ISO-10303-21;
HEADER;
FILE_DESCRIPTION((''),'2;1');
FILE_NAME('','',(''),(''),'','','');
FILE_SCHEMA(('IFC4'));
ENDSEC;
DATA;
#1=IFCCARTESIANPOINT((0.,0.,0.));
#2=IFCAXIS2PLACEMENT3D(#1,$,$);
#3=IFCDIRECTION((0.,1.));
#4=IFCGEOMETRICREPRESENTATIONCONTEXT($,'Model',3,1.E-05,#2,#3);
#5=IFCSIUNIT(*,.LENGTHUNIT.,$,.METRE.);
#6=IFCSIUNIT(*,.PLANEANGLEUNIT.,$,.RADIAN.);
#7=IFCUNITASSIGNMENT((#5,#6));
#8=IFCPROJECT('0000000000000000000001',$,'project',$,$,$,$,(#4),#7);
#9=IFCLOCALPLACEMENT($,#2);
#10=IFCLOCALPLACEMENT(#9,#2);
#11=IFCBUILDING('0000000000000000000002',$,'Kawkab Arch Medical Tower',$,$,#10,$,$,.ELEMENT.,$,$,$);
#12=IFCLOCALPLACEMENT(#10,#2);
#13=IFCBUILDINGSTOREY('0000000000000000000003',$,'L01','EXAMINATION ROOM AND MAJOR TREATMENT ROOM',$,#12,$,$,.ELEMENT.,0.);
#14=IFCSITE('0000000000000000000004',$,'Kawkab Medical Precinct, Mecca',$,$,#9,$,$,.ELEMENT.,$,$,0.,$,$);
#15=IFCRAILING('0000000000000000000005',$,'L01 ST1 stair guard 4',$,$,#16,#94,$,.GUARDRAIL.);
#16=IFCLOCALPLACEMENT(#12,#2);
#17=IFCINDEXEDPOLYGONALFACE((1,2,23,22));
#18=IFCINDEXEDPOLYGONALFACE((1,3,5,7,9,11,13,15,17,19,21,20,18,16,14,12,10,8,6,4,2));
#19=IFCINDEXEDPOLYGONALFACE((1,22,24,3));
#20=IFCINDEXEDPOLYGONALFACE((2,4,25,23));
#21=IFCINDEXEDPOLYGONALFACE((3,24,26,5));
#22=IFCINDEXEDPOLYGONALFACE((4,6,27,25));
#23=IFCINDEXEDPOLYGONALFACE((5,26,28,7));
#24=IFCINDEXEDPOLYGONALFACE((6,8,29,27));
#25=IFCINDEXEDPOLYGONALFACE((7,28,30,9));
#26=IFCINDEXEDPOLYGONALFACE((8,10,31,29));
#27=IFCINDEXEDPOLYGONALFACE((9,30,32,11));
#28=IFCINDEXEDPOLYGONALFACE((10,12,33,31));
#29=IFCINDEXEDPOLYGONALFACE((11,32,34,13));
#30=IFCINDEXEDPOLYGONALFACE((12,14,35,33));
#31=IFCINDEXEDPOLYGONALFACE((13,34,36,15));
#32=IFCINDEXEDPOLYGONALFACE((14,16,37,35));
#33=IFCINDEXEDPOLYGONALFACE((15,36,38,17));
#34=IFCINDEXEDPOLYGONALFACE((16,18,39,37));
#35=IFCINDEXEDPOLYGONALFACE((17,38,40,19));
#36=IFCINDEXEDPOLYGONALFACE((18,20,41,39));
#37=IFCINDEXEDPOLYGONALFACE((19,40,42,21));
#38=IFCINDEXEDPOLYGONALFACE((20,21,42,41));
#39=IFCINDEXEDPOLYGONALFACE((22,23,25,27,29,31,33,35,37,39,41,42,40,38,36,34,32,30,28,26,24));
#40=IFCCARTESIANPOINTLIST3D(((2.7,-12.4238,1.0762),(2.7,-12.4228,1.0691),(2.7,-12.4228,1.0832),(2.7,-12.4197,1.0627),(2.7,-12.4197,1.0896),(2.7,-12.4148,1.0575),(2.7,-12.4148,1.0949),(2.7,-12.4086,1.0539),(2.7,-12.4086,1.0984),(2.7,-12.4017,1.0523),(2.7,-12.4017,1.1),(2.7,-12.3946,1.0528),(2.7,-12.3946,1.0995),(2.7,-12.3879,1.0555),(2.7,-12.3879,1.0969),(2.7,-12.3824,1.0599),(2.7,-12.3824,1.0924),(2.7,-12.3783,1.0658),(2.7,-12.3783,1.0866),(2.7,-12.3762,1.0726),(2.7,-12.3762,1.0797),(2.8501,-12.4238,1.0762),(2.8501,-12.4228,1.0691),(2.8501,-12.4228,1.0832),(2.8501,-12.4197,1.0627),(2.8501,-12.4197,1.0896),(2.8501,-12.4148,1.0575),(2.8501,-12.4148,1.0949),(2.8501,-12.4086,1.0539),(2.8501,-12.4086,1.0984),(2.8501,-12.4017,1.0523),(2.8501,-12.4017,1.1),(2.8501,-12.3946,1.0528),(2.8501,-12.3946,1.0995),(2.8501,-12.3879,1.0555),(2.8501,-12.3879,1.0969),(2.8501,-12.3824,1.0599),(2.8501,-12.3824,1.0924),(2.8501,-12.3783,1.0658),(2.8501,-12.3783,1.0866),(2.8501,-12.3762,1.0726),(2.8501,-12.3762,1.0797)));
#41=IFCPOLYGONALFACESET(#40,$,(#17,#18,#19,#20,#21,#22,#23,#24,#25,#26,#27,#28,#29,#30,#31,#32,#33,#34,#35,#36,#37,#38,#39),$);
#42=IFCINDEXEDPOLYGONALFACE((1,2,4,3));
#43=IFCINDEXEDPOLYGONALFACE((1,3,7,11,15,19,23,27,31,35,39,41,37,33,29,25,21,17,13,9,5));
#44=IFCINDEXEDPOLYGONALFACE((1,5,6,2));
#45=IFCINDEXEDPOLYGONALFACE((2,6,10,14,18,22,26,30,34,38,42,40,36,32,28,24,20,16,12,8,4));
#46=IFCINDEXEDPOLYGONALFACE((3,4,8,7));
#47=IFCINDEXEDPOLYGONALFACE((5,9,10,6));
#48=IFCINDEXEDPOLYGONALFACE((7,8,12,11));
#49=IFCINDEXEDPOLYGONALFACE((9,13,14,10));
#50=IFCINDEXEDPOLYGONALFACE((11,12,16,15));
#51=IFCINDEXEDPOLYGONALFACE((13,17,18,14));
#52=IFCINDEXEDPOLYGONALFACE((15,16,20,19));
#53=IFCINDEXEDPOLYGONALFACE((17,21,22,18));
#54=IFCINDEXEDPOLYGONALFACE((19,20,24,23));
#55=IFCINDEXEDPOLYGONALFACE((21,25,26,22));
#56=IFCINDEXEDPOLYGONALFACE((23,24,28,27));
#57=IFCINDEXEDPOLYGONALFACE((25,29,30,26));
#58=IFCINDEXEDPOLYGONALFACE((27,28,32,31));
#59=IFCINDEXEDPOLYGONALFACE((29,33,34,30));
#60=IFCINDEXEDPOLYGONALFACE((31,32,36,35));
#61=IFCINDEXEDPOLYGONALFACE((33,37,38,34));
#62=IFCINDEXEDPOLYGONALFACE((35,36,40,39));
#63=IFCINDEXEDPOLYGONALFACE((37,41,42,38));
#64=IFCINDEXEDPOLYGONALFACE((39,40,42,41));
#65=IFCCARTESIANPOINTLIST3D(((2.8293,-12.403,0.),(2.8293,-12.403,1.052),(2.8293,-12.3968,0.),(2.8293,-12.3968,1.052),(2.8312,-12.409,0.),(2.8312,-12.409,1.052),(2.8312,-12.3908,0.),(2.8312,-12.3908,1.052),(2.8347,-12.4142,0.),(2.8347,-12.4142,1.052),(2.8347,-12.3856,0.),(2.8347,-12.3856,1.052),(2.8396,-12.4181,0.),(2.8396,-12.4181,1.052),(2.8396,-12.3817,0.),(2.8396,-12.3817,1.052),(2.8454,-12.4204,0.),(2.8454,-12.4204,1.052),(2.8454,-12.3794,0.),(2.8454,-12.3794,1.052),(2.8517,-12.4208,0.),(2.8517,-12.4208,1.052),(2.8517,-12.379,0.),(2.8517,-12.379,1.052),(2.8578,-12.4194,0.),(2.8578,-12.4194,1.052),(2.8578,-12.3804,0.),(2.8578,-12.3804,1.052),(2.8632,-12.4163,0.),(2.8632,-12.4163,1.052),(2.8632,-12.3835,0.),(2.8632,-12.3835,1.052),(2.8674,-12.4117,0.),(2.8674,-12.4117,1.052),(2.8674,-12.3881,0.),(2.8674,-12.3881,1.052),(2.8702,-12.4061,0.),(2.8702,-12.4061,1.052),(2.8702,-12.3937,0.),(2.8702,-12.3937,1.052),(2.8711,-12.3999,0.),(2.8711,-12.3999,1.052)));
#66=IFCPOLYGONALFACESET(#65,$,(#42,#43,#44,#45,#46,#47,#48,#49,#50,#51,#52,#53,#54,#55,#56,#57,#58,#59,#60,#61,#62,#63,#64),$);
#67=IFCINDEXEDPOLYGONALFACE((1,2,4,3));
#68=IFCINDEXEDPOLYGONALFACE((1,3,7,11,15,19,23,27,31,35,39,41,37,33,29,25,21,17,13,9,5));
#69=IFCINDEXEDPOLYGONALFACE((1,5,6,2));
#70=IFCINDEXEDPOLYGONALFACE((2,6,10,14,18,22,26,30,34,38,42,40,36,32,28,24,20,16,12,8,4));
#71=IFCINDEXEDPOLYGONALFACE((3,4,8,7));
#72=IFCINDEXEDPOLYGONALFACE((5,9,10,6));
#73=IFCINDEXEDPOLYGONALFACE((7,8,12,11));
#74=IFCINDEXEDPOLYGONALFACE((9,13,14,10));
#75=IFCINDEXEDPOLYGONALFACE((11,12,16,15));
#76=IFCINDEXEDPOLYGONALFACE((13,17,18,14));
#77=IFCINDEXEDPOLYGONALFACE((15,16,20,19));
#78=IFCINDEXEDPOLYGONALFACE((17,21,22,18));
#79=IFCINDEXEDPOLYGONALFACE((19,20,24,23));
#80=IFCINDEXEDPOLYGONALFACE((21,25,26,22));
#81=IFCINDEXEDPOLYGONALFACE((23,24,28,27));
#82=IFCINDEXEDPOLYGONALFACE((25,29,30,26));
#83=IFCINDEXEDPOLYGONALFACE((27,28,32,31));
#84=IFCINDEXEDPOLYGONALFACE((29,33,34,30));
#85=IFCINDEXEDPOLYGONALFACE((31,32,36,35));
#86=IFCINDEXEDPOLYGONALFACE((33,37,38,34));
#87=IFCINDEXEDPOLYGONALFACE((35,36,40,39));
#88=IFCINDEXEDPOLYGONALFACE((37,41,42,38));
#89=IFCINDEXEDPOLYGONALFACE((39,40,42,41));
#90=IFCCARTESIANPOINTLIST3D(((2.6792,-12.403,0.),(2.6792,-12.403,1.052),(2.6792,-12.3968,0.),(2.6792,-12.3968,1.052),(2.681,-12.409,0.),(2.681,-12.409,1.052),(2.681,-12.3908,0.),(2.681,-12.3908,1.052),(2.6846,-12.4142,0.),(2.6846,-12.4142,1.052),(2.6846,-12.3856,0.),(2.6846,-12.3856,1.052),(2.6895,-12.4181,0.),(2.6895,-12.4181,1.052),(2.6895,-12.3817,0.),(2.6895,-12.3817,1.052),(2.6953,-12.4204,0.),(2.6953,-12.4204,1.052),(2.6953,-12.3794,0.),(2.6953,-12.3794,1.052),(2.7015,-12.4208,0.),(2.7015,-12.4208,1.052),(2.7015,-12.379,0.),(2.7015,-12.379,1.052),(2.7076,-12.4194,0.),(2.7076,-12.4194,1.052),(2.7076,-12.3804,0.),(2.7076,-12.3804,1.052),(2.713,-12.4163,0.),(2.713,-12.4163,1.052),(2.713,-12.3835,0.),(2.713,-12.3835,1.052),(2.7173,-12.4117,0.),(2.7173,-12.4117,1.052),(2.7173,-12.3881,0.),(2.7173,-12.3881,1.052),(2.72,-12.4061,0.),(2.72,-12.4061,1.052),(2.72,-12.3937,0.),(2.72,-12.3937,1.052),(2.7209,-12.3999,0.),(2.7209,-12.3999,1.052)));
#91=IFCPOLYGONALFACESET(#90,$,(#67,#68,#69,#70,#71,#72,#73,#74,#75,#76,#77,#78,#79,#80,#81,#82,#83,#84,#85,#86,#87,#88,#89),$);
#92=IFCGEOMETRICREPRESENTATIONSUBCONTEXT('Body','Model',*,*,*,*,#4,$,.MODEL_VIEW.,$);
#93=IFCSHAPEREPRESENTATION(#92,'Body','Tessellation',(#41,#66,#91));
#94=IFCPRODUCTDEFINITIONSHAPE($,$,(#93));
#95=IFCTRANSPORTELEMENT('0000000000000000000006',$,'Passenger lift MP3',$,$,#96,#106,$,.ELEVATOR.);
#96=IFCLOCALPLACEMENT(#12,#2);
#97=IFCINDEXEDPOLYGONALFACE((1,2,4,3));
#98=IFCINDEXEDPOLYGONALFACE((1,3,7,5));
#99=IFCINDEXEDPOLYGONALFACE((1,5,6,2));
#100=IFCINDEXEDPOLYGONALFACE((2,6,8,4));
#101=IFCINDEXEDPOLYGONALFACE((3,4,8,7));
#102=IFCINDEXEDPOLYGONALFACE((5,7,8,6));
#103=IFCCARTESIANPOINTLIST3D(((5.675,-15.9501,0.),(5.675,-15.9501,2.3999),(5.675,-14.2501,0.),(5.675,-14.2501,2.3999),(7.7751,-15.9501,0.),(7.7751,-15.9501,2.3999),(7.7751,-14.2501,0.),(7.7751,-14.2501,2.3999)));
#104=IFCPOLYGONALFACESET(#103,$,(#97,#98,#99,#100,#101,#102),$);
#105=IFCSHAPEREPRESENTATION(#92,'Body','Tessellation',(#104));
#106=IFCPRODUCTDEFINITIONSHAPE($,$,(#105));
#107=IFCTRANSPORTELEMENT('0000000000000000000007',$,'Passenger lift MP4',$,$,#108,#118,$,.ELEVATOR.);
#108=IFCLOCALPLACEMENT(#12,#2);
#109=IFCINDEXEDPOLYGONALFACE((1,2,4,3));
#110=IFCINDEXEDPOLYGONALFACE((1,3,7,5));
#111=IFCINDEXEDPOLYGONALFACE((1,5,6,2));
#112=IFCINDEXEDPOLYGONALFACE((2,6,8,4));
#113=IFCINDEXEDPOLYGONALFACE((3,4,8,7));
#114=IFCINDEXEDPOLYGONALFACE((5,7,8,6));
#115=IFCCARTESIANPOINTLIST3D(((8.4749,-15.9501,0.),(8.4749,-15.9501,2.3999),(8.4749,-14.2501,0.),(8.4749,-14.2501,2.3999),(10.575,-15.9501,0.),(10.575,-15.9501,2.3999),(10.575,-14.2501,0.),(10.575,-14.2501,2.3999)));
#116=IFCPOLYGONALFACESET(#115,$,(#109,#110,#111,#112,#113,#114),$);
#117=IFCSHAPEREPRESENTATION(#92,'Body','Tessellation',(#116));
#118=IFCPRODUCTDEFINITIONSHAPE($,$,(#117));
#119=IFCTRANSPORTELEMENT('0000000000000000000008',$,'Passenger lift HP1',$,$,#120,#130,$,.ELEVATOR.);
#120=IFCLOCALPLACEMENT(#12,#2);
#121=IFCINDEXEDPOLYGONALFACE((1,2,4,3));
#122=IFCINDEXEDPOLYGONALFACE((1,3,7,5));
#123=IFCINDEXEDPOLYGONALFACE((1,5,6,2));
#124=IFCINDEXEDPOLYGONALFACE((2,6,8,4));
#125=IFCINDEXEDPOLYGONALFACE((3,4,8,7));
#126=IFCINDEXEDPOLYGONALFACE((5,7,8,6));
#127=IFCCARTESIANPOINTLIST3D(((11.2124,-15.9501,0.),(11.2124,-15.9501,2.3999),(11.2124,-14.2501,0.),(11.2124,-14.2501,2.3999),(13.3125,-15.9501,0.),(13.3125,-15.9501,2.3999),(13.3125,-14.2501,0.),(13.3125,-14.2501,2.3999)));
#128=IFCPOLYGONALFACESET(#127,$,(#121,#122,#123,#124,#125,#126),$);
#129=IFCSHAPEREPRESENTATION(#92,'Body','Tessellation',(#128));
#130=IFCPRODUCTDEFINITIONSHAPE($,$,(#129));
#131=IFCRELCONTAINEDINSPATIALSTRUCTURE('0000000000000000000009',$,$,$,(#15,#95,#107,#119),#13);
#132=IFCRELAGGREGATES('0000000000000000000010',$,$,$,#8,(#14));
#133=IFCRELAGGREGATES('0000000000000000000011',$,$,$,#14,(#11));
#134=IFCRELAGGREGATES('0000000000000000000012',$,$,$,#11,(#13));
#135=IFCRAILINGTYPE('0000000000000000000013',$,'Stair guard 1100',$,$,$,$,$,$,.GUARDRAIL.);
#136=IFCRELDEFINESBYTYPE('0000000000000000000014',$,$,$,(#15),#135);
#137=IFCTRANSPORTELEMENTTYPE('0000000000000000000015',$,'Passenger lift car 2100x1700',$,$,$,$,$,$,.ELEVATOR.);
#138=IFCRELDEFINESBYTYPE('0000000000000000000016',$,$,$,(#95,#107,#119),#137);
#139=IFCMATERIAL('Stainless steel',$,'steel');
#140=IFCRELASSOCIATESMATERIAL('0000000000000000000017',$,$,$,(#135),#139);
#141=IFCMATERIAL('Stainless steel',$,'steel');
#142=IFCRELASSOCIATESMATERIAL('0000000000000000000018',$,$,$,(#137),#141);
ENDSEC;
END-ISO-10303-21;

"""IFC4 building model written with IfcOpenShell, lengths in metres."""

from ifc_helpers import new_model, si_unit, direction, frame, origin, origin_2d, place, context, subcontext, project, spatial, rectangle, circle, extrude, material, type_object, element, save


model = new_model("IFC4")

# Units and contexts
model_context = context("Model", 3, precision=1e-05, world=origin(), true_north=direction((0.0, 1.0)))
body_context = subcontext(model_context, "Body", "Model", "MODEL_VIEW")
ifc_project = project(units=[si_unit("LENGTHUNIT", "METRE"), si_unit("PLANEANGLEUNIT", "RADIAN")], contexts=[model_context])

# Site, building, storey
site_placement = place(None, origin())
site = spatial("IfcSite", under=ifc_project, at=site_placement, Name="Kawkab Medical Precinct, Mecca", CompositionType="ELEMENT", RefElevation=0.0)
building_placement = place(site_placement, origin())
building = spatial("IfcBuilding", under=site, at=building_placement, Name="Kawkab Arch Medical Tower", CompositionType="ELEMENT")
storey_placement = place(building_placement, origin())
storey = spatial("IfcBuildingStorey", under=building, at=storey_placement, Name="L01", Description="EXAMINATION ROOM AND MAJOR TREATMENT ROOM", CompositionType="ELEMENT", Elevation=0.0)

# Railing
ifc_material_1 = material(Name="Stainless steel", Category="steel")
railing_type = type_object("IfcRailingType", Name="Stair guard 1100", PredefinedType="GUARDRAIL", material=ifc_material_1)
railing_1_placement = place(storey_placement, frame((2.8501, -12.3999, 0.0)))
element("IfcRailing", 1, at=railing_1_placement, inside=storey, type_object=railing_type, Name="L01 ST1 stair guard 4", PredefinedType="GUARDRAIL", context=body_context, shape_type="SweptSolid", body=[
    extrude(circle(Radius=0.0239, at=origin_2d()), frame((0.0, 0.0, 1.0762), z_axis=(-1.0, 0.0, 0.0), x_axis=(0.0, -1.0, 0.0)), (0.0, 0.0, 1.0), 0.1501),
    extrude(circle(Radius=0.021, at=origin_2d()), origin(), (0.0, 0.0, 1.0), 1.052),
    extrude(circle(Radius=0.021, at=origin_2d()), frame((-0.1501, 0.0, 0.0)), (0.0, 0.0, 1.0), 1.052),
])

# Transport elements
ifc_material_2 = material(Name="Stainless steel", Category="steel")
transport_element_type = type_object("IfcTransportElementType", Name="Passenger lift car 2100x1700", PredefinedType="ELEVATOR", material=ifc_material_2)
for number, where, z_axis, x_axis, name in (
    (2, (6.7251, -15.1001, 0.0), (0.0, 0.0, 1.0), (1.0, 0.0, 0.0), "Passenger lift MP3"),
    (3, (9.5249, -15.1001, 0.0), (0.0, 0.0, 1.0), (1.0, 0.0, 0.0), "Passenger lift MP4"),
    (4, (12.2625, -15.1001, 0.0), (0.0, 0.0, 1.0), (1.0, 0.0, 0.0), "Passenger lift HP1"),
):
    element("IfcTransportElement", number, at=place(storey_placement, frame(where, z_axis=z_axis, x_axis=x_axis)), inside=storey, type_object=transport_element_type, Name=name, PredefinedType="ELEVATOR", context=body_context, shape_type="SweptSolid", body=[
        extrude(rectangle(XDim=2.1001, YDim=1.7, at=origin_2d()), origin(), (0.0, 0.0, 1.0), 2.3999),
    ])

save(model, "model.ifc")
